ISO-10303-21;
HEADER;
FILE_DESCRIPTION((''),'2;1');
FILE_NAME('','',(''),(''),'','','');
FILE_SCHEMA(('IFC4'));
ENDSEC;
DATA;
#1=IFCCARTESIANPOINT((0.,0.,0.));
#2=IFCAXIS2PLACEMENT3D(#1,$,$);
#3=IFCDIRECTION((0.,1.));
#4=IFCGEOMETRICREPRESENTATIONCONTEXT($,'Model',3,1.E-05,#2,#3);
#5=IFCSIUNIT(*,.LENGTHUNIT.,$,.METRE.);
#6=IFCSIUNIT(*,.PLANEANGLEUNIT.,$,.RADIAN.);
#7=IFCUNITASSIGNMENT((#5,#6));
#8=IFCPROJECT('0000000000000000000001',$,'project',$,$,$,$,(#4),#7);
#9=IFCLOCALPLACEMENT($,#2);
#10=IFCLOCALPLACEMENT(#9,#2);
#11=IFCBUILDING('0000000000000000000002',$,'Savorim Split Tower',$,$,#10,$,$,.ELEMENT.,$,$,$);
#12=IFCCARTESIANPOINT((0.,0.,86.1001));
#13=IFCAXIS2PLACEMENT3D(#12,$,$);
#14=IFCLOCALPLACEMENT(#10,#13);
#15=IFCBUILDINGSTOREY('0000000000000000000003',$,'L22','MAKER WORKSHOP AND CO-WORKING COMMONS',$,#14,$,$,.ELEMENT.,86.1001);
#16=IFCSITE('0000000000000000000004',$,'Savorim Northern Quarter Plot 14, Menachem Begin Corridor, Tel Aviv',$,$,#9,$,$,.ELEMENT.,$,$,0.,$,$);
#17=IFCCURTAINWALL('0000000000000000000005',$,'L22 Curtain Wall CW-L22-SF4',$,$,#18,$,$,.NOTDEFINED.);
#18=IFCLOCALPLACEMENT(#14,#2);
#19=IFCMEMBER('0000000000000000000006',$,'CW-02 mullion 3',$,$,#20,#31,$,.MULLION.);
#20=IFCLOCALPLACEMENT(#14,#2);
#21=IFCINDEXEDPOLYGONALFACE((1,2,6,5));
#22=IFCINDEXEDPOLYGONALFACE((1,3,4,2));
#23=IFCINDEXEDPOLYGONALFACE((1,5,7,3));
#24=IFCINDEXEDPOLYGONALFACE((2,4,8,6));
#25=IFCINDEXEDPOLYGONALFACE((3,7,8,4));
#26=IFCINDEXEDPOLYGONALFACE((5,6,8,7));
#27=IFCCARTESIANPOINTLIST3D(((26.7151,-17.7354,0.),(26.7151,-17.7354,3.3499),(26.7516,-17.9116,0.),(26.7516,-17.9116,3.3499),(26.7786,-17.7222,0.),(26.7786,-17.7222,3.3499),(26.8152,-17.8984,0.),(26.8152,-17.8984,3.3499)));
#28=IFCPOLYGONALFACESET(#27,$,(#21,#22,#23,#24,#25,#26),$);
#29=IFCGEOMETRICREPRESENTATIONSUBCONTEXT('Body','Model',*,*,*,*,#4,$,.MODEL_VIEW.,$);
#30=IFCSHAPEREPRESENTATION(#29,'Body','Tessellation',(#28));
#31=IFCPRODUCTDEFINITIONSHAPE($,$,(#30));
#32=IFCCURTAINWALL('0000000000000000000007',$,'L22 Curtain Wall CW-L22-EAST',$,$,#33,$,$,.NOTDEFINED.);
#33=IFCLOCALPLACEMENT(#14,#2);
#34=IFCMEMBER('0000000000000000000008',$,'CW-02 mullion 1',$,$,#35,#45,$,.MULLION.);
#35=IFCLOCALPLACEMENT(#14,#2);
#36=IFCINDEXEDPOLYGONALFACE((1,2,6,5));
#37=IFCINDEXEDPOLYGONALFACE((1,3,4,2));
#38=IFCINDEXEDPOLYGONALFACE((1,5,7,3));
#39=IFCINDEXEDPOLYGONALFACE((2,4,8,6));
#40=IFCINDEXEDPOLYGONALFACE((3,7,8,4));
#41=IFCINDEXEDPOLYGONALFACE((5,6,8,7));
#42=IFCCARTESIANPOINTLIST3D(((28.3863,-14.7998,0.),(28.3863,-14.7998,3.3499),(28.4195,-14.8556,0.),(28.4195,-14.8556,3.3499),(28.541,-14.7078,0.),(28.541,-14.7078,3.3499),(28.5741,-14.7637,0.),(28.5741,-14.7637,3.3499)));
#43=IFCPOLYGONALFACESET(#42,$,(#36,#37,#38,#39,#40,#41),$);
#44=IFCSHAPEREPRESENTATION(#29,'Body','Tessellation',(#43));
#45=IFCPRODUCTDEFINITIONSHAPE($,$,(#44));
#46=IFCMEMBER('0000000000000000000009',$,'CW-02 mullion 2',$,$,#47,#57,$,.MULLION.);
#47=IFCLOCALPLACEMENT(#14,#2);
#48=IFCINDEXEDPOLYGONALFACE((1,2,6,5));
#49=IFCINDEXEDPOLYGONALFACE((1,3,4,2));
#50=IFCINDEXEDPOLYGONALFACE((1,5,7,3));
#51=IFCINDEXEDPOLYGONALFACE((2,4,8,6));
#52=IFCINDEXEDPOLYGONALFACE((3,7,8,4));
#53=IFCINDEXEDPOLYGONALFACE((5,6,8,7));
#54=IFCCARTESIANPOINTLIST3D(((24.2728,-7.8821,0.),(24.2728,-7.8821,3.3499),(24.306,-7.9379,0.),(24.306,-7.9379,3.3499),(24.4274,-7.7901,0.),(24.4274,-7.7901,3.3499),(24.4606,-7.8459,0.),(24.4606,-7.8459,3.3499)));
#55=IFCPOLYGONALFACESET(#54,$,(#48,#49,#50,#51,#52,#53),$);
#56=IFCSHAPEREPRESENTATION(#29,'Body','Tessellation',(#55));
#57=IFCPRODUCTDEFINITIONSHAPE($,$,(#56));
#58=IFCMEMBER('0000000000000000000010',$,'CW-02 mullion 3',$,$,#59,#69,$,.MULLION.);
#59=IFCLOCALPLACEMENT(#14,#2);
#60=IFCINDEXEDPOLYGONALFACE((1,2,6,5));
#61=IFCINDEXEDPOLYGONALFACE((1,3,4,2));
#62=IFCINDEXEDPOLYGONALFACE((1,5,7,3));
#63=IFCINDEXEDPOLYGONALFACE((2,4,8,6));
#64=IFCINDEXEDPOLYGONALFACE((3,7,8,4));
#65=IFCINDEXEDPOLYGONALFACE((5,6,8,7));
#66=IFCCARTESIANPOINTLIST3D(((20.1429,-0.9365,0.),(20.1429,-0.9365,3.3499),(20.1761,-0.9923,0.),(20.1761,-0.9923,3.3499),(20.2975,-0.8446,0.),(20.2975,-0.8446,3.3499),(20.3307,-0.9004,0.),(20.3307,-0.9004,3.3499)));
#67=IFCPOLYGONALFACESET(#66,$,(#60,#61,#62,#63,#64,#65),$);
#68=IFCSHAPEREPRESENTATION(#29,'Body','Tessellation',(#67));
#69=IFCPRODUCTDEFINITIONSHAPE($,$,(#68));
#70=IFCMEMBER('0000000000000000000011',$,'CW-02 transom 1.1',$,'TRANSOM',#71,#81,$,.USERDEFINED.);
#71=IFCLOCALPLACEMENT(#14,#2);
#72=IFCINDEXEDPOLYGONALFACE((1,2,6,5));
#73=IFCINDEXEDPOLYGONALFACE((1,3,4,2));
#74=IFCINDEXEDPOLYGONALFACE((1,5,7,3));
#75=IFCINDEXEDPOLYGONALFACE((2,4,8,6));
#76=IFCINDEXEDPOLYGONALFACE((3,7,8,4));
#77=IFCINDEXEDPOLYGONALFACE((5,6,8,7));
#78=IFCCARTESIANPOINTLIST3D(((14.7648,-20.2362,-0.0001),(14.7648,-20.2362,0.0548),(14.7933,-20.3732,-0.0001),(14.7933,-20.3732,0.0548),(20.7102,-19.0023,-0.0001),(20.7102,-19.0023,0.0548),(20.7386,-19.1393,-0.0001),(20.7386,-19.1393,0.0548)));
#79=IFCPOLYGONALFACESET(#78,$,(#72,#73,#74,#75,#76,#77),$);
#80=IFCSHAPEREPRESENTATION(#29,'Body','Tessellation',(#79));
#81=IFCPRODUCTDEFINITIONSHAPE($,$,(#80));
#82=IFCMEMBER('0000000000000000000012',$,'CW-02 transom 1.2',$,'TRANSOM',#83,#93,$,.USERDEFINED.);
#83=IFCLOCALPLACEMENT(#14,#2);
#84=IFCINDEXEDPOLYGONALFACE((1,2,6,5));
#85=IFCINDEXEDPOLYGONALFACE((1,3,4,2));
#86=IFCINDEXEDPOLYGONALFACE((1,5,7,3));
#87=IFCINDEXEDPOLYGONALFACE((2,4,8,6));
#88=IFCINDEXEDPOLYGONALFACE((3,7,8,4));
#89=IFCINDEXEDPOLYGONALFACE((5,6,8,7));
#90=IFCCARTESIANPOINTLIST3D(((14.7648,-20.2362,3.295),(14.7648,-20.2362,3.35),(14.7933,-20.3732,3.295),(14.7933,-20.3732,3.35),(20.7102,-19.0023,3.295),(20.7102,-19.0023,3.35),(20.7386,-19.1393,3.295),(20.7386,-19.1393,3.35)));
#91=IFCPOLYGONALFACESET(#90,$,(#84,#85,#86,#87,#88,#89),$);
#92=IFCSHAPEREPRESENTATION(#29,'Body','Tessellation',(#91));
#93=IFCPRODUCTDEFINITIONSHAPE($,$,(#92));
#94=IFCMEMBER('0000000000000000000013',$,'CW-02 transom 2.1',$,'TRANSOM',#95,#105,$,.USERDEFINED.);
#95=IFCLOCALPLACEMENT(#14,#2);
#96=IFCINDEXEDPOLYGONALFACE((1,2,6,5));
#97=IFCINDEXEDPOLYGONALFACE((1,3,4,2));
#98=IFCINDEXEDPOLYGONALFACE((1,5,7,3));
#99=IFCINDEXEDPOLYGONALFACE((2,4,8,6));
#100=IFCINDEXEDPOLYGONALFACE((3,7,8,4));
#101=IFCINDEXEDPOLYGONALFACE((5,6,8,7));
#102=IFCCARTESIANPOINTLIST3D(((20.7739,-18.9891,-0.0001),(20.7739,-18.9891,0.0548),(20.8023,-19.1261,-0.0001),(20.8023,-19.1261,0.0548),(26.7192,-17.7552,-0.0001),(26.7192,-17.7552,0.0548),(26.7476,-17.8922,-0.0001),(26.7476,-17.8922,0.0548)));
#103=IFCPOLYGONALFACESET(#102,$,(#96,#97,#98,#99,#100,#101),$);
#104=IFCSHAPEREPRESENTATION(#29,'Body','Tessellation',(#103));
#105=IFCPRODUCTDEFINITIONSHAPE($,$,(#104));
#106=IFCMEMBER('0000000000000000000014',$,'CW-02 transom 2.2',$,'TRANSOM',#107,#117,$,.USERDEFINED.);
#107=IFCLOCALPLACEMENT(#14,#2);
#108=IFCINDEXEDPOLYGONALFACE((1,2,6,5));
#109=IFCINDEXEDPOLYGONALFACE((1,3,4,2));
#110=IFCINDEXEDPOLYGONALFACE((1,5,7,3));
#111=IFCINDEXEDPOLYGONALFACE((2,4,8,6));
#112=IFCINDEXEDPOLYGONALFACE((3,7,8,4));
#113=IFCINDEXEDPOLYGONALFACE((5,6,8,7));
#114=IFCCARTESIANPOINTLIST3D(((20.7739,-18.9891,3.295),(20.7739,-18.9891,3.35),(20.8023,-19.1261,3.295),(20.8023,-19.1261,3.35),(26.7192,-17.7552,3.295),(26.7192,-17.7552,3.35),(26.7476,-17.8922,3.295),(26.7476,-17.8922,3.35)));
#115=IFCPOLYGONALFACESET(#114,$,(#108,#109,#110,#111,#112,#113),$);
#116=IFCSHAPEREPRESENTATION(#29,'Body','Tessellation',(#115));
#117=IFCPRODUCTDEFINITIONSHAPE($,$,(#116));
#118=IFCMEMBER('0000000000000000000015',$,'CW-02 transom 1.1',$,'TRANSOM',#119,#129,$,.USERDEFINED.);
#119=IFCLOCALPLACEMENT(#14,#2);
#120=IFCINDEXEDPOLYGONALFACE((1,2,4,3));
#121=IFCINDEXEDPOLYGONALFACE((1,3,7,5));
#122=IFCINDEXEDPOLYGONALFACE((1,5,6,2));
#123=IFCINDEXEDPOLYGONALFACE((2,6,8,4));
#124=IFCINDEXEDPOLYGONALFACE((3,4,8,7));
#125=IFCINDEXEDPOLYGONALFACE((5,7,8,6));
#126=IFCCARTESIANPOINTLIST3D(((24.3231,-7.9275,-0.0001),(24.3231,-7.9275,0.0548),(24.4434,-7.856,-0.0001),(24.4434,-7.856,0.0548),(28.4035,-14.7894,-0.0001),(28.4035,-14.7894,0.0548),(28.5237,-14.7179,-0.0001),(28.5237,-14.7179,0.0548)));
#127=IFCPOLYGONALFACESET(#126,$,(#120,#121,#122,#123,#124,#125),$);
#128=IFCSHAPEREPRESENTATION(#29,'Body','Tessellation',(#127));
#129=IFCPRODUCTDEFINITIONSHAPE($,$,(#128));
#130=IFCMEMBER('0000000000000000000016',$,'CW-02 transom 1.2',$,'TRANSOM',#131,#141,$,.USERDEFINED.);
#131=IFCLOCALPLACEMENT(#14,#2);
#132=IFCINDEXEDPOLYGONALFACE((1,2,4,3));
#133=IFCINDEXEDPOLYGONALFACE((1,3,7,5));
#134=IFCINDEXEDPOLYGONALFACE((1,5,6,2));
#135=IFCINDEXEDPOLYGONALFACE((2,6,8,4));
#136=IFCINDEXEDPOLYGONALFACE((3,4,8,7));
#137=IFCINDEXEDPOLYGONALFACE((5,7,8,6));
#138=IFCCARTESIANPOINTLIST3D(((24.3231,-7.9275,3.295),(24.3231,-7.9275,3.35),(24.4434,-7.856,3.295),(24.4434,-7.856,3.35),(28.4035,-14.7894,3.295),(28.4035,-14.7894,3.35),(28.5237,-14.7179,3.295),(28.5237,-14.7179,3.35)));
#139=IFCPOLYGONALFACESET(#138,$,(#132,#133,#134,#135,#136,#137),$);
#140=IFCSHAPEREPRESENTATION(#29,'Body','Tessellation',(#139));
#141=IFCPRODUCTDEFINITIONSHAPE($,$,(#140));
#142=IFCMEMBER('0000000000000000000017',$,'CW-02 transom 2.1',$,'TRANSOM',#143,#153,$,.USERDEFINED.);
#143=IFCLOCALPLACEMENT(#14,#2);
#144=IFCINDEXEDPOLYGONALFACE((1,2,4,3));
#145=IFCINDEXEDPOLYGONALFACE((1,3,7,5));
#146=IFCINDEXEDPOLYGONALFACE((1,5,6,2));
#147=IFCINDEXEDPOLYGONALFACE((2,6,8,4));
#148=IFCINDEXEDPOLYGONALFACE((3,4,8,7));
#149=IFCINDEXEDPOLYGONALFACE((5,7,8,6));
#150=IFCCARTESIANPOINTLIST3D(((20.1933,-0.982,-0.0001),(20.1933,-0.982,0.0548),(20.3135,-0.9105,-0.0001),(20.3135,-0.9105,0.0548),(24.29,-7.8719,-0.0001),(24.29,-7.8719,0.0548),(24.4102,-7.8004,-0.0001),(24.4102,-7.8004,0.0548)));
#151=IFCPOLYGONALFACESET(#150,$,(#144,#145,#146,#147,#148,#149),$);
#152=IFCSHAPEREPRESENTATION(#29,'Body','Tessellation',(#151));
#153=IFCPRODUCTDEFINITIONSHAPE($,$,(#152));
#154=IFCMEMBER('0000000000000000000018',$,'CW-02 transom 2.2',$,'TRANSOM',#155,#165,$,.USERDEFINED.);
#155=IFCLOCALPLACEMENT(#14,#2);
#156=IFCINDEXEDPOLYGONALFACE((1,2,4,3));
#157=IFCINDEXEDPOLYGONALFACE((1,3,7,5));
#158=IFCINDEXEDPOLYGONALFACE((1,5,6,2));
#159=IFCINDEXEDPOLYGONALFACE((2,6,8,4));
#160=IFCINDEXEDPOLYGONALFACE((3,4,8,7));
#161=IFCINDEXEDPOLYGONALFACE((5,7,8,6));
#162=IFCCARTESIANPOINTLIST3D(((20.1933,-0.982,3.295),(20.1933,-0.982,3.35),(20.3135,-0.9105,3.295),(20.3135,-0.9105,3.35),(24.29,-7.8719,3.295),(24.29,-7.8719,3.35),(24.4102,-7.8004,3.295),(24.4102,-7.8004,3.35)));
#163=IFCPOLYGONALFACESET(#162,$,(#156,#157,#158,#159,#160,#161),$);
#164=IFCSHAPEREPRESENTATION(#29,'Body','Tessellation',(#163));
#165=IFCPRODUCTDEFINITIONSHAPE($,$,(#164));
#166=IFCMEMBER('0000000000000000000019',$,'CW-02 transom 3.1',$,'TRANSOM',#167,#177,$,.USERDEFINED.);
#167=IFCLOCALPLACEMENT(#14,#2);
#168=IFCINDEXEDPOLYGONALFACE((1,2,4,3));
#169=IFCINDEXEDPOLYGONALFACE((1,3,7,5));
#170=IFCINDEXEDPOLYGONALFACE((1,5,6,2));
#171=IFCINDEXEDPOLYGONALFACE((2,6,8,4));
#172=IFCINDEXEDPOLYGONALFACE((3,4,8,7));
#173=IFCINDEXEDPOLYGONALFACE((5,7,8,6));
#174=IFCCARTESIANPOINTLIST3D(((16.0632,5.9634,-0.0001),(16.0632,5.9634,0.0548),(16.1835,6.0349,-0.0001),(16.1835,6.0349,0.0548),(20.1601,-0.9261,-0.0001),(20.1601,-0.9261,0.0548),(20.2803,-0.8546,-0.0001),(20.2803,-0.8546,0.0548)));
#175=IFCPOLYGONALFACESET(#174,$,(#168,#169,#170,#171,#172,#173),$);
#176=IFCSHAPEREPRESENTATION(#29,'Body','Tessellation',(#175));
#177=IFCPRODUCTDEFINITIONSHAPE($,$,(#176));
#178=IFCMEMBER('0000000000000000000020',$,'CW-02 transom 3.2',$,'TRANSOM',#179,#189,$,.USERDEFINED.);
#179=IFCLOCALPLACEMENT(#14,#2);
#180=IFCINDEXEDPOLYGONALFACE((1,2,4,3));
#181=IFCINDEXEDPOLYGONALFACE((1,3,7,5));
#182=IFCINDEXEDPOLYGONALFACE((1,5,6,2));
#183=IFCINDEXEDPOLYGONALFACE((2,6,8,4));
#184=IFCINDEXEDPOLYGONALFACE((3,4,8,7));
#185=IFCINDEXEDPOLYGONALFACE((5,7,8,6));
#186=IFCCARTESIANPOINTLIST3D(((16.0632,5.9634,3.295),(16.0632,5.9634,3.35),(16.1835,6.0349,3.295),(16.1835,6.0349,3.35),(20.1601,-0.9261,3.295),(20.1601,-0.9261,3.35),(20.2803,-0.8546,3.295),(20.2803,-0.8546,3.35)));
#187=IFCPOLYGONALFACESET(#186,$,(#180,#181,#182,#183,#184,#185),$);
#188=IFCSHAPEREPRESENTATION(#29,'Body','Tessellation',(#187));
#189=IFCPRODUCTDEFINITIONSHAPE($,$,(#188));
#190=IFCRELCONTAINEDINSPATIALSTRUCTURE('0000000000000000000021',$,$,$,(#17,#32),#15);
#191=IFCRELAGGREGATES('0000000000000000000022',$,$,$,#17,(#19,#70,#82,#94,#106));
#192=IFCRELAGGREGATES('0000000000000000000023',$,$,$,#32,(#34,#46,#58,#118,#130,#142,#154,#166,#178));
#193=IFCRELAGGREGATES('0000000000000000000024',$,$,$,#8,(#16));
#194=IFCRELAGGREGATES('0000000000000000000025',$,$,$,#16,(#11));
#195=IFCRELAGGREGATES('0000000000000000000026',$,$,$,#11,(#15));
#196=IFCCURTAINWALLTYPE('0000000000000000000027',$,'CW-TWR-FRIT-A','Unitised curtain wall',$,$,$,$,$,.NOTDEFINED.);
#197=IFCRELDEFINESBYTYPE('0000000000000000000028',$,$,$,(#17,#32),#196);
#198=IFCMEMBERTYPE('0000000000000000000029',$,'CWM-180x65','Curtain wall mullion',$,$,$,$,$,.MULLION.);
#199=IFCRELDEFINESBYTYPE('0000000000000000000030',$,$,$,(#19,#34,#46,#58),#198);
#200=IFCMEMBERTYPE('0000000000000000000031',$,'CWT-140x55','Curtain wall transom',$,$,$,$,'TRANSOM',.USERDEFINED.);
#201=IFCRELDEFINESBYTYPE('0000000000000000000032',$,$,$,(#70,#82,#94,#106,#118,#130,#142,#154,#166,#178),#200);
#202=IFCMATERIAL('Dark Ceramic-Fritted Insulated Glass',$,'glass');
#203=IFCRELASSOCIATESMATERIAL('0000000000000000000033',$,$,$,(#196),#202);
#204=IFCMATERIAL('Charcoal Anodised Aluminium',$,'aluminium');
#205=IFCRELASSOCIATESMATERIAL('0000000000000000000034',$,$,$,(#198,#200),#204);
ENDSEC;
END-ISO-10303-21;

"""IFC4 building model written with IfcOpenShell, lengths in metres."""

from ifc_helpers import new_model, si_unit, direction, frame, origin, origin_2d, place, context, subcontext, project, spatial, rectangle, extrude, material, material_profile, profile_set, type_object, element, aggregate, save


model = new_model("IFC4")

# Units and contexts
model_context = context("Model", 3, precision=1e-05, world=origin(), true_north=direction((0.0, 1.0)))
body_context = subcontext(model_context, "Body", "Model", "MODEL_VIEW")
ifc_project = project(units=[si_unit("LENGTHUNIT", "METRE"), si_unit("PLANEANGLEUNIT", "RADIAN")], contexts=[model_context])

# Site, building, storey
site_placement = place(None, origin())
site = spatial("IfcSite", under=ifc_project, at=site_placement, Name="Savorim Northern Quarter Plot 14, Menachem Begin Corridor, Tel Aviv", CompositionType="ELEMENT", RefElevation=0.0)
building_placement = place(site_placement, origin())
building = spatial("IfcBuilding", under=site, at=building_placement, Name="Savorim Split Tower", CompositionType="ELEMENT")
storey_placement = place(building_placement, frame((0.0, 0.0, 86.1001)))
storey = spatial("IfcBuildingStorey", under=building, at=storey_placement, Name="L22", Description="MAKER WORKSHOP AND CO-WORKING COMMONS", CompositionType="ELEMENT", Elevation=86.1001)

# Shared definitions
ifc_material_1 = material(Name="Dark Ceramic-Fritted Insulated Glass", Category="glass")
curtain_wall_type = type_object("IfcCurtainWallType", Name="CW-TWR-FRIT-A", Description="Unitised curtain wall", PredefinedType="NOTDEFINED", material=ifc_material_1)
ifc_material_2 = material(Name="Charcoal Anodised Aluminium", Category="aluminium")
ifc_material_profile_1 = material_profile(ifc_material_2, rectangle(XDim=0.1799, YDim=0.0649, at=origin_2d()), Name="ALU-M 180x65")
ifc_profile_set_1 = profile_set([ifc_material_profile_1], Name="Charcoal Anodised Aluminium")
member_type_1 = type_object("IfcMemberType", Name="CWM-180x65", Description="Curtain wall mullion", PredefinedType="MULLION", material=ifc_profile_set_1)

# Curtain walls, members
curtain_wall_1_placement = place(storey_placement, origin())
curtain_wall_1 = element("IfcCurtainWall", 1, at=curtain_wall_1_placement, inside=storey, type_object=curtain_wall_type, Name="L22 Curtain Wall CW-L22-SF4", PredefinedType="NOTDEFINED")
member_1_placement = place(storey_placement, frame((26.7651, -17.8169, 0.0), z_axis=(0.0, 0.0, 1.0), x_axis=(-0.20321, 0.979135, 0.0)))
member_1 = element("IfcMember", 2, at=member_1_placement, type_object=member_type_1, Name="CW-02 mullion 3", PredefinedType="MULLION", context=body_context, shape_type="SweptSolid", body=[
    extrude(rectangle(XDim=0.1799, YDim=0.0649, at=origin_2d()), origin(), (0.0, 0.0, 1.0), 3.3499),
])
curtain_wall_2_placement = place(storey_placement, origin())
curtain_wall_2 = element("IfcCurtainWall", 3, at=curtain_wall_2_placement, inside=storey, type_object=curtain_wall_type, Name="L22 Curtain Wall CW-L22-EAST", PredefinedType="NOTDEFINED")
member_2_placement = place(storey_placement, frame((28.4802, -14.7817, 0.0), z_axis=(0.0, 0.0, 1.0), x_axis=(-0.859525, -0.511094, 0.0)))
member_2 = element("IfcMember", 4, at=member_2_placement, type_object=member_type_1, Name="CW-02 mullion 1", PredefinedType="MULLION", context=body_context, shape_type="SweptSolid", body=[
    extrude(rectangle(XDim=0.1799, YDim=0.0649, at=origin_2d()), origin(), (0.0, 0.0, 1.0), 3.3499),
])
member_3_placement = place(storey_placement, frame((24.3667, -7.864, 0.0), z_axis=(0.0, 0.0, 1.0), x_axis=(-0.859525, -0.511094, 0.0)))
member_3 = element("IfcMember", 5, at=member_3_placement, type_object=member_type_1, Name="CW-02 mullion 2", PredefinedType="MULLION", context=body_context, shape_type="SweptSolid", body=[
    extrude(rectangle(XDim=0.1799, YDim=0.0649, at=origin_2d()), origin(), (0.0, 0.0, 1.0), 3.3499),
])
member_4_placement = place(storey_placement, frame((20.2368, -0.9185, 0.0), z_axis=(0.0, 0.0, 1.0), x_axis=(-0.859525, -0.511094, 0.0)))
member_4 = element("IfcMember", 6, at=member_4_placement, type_object=member_type_1, Name="CW-02 mullion 3", PredefinedType="MULLION", context=body_context, shape_type="SweptSolid", body=[
    extrude(rectangle(XDim=0.1799, YDim=0.0649, at=origin_2d()), origin(), (0.0, 0.0, 1.0), 3.3499),
])

# Members
ifc_material_profile_2 = material_profile(ifc_material_2, rectangle(XDim=0.1399, YDim=0.0549, at=origin_2d()), Name="ALU-T 140x55")
ifc_profile_set_2 = profile_set([ifc_material_profile_2], Name="Charcoal Anodised Aluminium")
member_type_2 = type_object("IfcMemberType", Name="CWT-140x55", Description="Curtain wall transom", ElementType="TRANSOM", PredefinedType="USERDEFINED", material=ifc_profile_set_2)
member_5_placement = place(storey_placement, frame((14.7791, -20.3047, 0.0273), z_axis=(0.979135, 0.203209, 0.0), x_axis=(-0.203209, 0.979135, 0.0)))
member_5 = element("IfcMember", 7, at=member_5_placement, type_object=member_type_2, Name="CW-02 transom 1.1", ObjectType="TRANSOM", PredefinedType="USERDEFINED", context=body_context, shape_type="SweptSolid", body=[
    extrude(rectangle(XDim=0.1399, YDim=0.0549, at=origin_2d()), origin(), (0.0, 0.0, 1.0), 6.072),
])
member_6_placement = place(storey_placement, frame((14.7791, -20.3047, 3.3225), z_axis=(0.979135, 0.203209, 0.0), x_axis=(-0.203209, 0.979135, 0.0)))
member_6 = element("IfcMember", 8, at=member_6_placement, type_object=member_type_2, Name="CW-02 transom 1.2", ObjectType="TRANSOM", PredefinedType="USERDEFINED", context=body_context, shape_type="SweptSolid", body=[
    extrude(rectangle(XDim=0.1399, YDim=0.0549, at=origin_2d()), origin(), (0.0, 0.0, 1.0), 6.072),
])
member_7_placement = place(storey_placement, frame((20.7881, -19.0576, 0.0273), z_axis=(0.979135, 0.203209, 0.0), x_axis=(-0.203209, 0.979135, 0.0)))
member_7 = element("IfcMember", 9, at=member_7_placement, type_object=member_type_2, Name="CW-02 transom 2.1", ObjectType="TRANSOM", PredefinedType="USERDEFINED", context=body_context, shape_type="SweptSolid", body=[
    extrude(rectangle(XDim=0.1399, YDim=0.0549, at=origin_2d()), origin(), (0.0, 0.0, 1.0), 6.072),
])
member_8_placement = place(storey_placement, frame((20.7881, -19.0576, 3.3225), z_axis=(0.979135, 0.203209, 0.0), x_axis=(-0.203209, 0.979135, 0.0)))
member_8 = element("IfcMember", 10, at=member_8_placement, type_object=member_type_2, Name="CW-02 transom 2.2", ObjectType="TRANSOM", PredefinedType="USERDEFINED", context=body_context, shape_type="SweptSolid", body=[
    extrude(rectangle(XDim=0.1399, YDim=0.0549, at=origin_2d()), origin(), (0.0, 0.0, 1.0), 6.072),
])
member_9_placement = place(storey_placement, frame((28.4636, -14.7537, 0.0273), z_axis=(-0.511105, 0.859518, 0.0), x_axis=(-0.859518, -0.511105, 0.0)))
member_9 = element("IfcMember", 11, at=member_9_placement, type_object=member_type_2, Name="CW-02 transom 1.1", ObjectType="TRANSOM", PredefinedType="USERDEFINED", context=body_context, shape_type="SweptSolid", body=[
    extrude(rectangle(XDim=0.1399, YDim=0.0549, at=origin_2d()), origin(), (0.0, 0.0, 1.0), 7.9834),
])
member_10_placement = place(storey_placement, frame((28.4636, -14.7537, 3.3225), z_axis=(-0.511105, 0.859518, 0.0), x_axis=(-0.859518, -0.511105, 0.0)))
member_10 = element("IfcMember", 12, at=member_10_placement, type_object=member_type_2, Name="CW-02 transom 1.2", ObjectType="TRANSOM", PredefinedType="USERDEFINED", context=body_context, shape_type="SweptSolid", body=[
    extrude(rectangle(XDim=0.1399, YDim=0.0549, at=origin_2d()), origin(), (0.0, 0.0, 1.0), 7.9834),
])
member_11_placement = place(storey_placement, frame((24.3501, -7.8362, 0.0273), z_axis=(-0.511074, 0.859537, 0.0), x_axis=(-0.859537, -0.511074, 0.0)))
member_11 = element("IfcMember", 13, at=member_11_placement, type_object=member_type_2, Name="CW-02 transom 2.1", ObjectType="TRANSOM", PredefinedType="USERDEFINED", context=body_context, shape_type="SweptSolid", body=[
    extrude(rectangle(XDim=0.1399, YDim=0.0549, at=origin_2d()), origin(), (0.0, 0.0, 1.0), 8.0159),
])
member_12_placement = place(storey_placement, frame((24.3501, -7.8362, 3.3225), z_axis=(-0.511074, 0.859537, 0.0), x_axis=(-0.859537, -0.511074, 0.0)))
member_12 = element("IfcMember", 14, at=member_12_placement, type_object=member_type_2, Name="CW-02 transom 2.2", ObjectType="TRANSOM", PredefinedType="USERDEFINED", context=body_context, shape_type="SweptSolid", body=[
    extrude(rectangle(XDim=0.1399, YDim=0.0549, at=origin_2d()), origin(), (0.0, 0.0, 1.0), 8.0159),
])
member_13_placement = place(storey_placement, frame((20.2202, -0.8904, 0.0273), z_axis=(-0.51111, 0.859515, 0.0), x_axis=(-0.859515, -0.51111, 0.0)))
member_13 = element("IfcMember", 15, at=member_13_placement, type_object=member_type_2, Name="CW-02 transom 3.1", ObjectType="TRANSOM", PredefinedType="USERDEFINED", context=body_context, shape_type="SweptSolid", body=[
    extrude(rectangle(XDim=0.1399, YDim=0.0549, at=origin_2d()), origin(), (0.0, 0.0, 1.0), 8.0156),
])
member_14_placement = place(storey_placement, frame((20.2202, -0.8904, 3.3225), z_axis=(-0.51111, 0.859515, 0.0), x_axis=(-0.859515, -0.51111, 0.0)))
member_14 = element("IfcMember", 16, at=member_14_placement, type_object=member_type_2, Name="CW-02 transom 3.2", ObjectType="TRANSOM", PredefinedType="USERDEFINED", context=body_context, shape_type="SweptSolid", body=[
    extrude(rectangle(XDim=0.1399, YDim=0.0549, at=origin_2d()), origin(), (0.0, 0.0, 1.0), 8.0156),
])

aggregate(curtain_wall_1, [member_1, member_5, member_6, member_7, member_8])
aggregate(curtain_wall_2, [member_2, member_3, member_4, member_9, member_10, member_11, member_12, member_13, member_14])

save(model, "model.ifc")
